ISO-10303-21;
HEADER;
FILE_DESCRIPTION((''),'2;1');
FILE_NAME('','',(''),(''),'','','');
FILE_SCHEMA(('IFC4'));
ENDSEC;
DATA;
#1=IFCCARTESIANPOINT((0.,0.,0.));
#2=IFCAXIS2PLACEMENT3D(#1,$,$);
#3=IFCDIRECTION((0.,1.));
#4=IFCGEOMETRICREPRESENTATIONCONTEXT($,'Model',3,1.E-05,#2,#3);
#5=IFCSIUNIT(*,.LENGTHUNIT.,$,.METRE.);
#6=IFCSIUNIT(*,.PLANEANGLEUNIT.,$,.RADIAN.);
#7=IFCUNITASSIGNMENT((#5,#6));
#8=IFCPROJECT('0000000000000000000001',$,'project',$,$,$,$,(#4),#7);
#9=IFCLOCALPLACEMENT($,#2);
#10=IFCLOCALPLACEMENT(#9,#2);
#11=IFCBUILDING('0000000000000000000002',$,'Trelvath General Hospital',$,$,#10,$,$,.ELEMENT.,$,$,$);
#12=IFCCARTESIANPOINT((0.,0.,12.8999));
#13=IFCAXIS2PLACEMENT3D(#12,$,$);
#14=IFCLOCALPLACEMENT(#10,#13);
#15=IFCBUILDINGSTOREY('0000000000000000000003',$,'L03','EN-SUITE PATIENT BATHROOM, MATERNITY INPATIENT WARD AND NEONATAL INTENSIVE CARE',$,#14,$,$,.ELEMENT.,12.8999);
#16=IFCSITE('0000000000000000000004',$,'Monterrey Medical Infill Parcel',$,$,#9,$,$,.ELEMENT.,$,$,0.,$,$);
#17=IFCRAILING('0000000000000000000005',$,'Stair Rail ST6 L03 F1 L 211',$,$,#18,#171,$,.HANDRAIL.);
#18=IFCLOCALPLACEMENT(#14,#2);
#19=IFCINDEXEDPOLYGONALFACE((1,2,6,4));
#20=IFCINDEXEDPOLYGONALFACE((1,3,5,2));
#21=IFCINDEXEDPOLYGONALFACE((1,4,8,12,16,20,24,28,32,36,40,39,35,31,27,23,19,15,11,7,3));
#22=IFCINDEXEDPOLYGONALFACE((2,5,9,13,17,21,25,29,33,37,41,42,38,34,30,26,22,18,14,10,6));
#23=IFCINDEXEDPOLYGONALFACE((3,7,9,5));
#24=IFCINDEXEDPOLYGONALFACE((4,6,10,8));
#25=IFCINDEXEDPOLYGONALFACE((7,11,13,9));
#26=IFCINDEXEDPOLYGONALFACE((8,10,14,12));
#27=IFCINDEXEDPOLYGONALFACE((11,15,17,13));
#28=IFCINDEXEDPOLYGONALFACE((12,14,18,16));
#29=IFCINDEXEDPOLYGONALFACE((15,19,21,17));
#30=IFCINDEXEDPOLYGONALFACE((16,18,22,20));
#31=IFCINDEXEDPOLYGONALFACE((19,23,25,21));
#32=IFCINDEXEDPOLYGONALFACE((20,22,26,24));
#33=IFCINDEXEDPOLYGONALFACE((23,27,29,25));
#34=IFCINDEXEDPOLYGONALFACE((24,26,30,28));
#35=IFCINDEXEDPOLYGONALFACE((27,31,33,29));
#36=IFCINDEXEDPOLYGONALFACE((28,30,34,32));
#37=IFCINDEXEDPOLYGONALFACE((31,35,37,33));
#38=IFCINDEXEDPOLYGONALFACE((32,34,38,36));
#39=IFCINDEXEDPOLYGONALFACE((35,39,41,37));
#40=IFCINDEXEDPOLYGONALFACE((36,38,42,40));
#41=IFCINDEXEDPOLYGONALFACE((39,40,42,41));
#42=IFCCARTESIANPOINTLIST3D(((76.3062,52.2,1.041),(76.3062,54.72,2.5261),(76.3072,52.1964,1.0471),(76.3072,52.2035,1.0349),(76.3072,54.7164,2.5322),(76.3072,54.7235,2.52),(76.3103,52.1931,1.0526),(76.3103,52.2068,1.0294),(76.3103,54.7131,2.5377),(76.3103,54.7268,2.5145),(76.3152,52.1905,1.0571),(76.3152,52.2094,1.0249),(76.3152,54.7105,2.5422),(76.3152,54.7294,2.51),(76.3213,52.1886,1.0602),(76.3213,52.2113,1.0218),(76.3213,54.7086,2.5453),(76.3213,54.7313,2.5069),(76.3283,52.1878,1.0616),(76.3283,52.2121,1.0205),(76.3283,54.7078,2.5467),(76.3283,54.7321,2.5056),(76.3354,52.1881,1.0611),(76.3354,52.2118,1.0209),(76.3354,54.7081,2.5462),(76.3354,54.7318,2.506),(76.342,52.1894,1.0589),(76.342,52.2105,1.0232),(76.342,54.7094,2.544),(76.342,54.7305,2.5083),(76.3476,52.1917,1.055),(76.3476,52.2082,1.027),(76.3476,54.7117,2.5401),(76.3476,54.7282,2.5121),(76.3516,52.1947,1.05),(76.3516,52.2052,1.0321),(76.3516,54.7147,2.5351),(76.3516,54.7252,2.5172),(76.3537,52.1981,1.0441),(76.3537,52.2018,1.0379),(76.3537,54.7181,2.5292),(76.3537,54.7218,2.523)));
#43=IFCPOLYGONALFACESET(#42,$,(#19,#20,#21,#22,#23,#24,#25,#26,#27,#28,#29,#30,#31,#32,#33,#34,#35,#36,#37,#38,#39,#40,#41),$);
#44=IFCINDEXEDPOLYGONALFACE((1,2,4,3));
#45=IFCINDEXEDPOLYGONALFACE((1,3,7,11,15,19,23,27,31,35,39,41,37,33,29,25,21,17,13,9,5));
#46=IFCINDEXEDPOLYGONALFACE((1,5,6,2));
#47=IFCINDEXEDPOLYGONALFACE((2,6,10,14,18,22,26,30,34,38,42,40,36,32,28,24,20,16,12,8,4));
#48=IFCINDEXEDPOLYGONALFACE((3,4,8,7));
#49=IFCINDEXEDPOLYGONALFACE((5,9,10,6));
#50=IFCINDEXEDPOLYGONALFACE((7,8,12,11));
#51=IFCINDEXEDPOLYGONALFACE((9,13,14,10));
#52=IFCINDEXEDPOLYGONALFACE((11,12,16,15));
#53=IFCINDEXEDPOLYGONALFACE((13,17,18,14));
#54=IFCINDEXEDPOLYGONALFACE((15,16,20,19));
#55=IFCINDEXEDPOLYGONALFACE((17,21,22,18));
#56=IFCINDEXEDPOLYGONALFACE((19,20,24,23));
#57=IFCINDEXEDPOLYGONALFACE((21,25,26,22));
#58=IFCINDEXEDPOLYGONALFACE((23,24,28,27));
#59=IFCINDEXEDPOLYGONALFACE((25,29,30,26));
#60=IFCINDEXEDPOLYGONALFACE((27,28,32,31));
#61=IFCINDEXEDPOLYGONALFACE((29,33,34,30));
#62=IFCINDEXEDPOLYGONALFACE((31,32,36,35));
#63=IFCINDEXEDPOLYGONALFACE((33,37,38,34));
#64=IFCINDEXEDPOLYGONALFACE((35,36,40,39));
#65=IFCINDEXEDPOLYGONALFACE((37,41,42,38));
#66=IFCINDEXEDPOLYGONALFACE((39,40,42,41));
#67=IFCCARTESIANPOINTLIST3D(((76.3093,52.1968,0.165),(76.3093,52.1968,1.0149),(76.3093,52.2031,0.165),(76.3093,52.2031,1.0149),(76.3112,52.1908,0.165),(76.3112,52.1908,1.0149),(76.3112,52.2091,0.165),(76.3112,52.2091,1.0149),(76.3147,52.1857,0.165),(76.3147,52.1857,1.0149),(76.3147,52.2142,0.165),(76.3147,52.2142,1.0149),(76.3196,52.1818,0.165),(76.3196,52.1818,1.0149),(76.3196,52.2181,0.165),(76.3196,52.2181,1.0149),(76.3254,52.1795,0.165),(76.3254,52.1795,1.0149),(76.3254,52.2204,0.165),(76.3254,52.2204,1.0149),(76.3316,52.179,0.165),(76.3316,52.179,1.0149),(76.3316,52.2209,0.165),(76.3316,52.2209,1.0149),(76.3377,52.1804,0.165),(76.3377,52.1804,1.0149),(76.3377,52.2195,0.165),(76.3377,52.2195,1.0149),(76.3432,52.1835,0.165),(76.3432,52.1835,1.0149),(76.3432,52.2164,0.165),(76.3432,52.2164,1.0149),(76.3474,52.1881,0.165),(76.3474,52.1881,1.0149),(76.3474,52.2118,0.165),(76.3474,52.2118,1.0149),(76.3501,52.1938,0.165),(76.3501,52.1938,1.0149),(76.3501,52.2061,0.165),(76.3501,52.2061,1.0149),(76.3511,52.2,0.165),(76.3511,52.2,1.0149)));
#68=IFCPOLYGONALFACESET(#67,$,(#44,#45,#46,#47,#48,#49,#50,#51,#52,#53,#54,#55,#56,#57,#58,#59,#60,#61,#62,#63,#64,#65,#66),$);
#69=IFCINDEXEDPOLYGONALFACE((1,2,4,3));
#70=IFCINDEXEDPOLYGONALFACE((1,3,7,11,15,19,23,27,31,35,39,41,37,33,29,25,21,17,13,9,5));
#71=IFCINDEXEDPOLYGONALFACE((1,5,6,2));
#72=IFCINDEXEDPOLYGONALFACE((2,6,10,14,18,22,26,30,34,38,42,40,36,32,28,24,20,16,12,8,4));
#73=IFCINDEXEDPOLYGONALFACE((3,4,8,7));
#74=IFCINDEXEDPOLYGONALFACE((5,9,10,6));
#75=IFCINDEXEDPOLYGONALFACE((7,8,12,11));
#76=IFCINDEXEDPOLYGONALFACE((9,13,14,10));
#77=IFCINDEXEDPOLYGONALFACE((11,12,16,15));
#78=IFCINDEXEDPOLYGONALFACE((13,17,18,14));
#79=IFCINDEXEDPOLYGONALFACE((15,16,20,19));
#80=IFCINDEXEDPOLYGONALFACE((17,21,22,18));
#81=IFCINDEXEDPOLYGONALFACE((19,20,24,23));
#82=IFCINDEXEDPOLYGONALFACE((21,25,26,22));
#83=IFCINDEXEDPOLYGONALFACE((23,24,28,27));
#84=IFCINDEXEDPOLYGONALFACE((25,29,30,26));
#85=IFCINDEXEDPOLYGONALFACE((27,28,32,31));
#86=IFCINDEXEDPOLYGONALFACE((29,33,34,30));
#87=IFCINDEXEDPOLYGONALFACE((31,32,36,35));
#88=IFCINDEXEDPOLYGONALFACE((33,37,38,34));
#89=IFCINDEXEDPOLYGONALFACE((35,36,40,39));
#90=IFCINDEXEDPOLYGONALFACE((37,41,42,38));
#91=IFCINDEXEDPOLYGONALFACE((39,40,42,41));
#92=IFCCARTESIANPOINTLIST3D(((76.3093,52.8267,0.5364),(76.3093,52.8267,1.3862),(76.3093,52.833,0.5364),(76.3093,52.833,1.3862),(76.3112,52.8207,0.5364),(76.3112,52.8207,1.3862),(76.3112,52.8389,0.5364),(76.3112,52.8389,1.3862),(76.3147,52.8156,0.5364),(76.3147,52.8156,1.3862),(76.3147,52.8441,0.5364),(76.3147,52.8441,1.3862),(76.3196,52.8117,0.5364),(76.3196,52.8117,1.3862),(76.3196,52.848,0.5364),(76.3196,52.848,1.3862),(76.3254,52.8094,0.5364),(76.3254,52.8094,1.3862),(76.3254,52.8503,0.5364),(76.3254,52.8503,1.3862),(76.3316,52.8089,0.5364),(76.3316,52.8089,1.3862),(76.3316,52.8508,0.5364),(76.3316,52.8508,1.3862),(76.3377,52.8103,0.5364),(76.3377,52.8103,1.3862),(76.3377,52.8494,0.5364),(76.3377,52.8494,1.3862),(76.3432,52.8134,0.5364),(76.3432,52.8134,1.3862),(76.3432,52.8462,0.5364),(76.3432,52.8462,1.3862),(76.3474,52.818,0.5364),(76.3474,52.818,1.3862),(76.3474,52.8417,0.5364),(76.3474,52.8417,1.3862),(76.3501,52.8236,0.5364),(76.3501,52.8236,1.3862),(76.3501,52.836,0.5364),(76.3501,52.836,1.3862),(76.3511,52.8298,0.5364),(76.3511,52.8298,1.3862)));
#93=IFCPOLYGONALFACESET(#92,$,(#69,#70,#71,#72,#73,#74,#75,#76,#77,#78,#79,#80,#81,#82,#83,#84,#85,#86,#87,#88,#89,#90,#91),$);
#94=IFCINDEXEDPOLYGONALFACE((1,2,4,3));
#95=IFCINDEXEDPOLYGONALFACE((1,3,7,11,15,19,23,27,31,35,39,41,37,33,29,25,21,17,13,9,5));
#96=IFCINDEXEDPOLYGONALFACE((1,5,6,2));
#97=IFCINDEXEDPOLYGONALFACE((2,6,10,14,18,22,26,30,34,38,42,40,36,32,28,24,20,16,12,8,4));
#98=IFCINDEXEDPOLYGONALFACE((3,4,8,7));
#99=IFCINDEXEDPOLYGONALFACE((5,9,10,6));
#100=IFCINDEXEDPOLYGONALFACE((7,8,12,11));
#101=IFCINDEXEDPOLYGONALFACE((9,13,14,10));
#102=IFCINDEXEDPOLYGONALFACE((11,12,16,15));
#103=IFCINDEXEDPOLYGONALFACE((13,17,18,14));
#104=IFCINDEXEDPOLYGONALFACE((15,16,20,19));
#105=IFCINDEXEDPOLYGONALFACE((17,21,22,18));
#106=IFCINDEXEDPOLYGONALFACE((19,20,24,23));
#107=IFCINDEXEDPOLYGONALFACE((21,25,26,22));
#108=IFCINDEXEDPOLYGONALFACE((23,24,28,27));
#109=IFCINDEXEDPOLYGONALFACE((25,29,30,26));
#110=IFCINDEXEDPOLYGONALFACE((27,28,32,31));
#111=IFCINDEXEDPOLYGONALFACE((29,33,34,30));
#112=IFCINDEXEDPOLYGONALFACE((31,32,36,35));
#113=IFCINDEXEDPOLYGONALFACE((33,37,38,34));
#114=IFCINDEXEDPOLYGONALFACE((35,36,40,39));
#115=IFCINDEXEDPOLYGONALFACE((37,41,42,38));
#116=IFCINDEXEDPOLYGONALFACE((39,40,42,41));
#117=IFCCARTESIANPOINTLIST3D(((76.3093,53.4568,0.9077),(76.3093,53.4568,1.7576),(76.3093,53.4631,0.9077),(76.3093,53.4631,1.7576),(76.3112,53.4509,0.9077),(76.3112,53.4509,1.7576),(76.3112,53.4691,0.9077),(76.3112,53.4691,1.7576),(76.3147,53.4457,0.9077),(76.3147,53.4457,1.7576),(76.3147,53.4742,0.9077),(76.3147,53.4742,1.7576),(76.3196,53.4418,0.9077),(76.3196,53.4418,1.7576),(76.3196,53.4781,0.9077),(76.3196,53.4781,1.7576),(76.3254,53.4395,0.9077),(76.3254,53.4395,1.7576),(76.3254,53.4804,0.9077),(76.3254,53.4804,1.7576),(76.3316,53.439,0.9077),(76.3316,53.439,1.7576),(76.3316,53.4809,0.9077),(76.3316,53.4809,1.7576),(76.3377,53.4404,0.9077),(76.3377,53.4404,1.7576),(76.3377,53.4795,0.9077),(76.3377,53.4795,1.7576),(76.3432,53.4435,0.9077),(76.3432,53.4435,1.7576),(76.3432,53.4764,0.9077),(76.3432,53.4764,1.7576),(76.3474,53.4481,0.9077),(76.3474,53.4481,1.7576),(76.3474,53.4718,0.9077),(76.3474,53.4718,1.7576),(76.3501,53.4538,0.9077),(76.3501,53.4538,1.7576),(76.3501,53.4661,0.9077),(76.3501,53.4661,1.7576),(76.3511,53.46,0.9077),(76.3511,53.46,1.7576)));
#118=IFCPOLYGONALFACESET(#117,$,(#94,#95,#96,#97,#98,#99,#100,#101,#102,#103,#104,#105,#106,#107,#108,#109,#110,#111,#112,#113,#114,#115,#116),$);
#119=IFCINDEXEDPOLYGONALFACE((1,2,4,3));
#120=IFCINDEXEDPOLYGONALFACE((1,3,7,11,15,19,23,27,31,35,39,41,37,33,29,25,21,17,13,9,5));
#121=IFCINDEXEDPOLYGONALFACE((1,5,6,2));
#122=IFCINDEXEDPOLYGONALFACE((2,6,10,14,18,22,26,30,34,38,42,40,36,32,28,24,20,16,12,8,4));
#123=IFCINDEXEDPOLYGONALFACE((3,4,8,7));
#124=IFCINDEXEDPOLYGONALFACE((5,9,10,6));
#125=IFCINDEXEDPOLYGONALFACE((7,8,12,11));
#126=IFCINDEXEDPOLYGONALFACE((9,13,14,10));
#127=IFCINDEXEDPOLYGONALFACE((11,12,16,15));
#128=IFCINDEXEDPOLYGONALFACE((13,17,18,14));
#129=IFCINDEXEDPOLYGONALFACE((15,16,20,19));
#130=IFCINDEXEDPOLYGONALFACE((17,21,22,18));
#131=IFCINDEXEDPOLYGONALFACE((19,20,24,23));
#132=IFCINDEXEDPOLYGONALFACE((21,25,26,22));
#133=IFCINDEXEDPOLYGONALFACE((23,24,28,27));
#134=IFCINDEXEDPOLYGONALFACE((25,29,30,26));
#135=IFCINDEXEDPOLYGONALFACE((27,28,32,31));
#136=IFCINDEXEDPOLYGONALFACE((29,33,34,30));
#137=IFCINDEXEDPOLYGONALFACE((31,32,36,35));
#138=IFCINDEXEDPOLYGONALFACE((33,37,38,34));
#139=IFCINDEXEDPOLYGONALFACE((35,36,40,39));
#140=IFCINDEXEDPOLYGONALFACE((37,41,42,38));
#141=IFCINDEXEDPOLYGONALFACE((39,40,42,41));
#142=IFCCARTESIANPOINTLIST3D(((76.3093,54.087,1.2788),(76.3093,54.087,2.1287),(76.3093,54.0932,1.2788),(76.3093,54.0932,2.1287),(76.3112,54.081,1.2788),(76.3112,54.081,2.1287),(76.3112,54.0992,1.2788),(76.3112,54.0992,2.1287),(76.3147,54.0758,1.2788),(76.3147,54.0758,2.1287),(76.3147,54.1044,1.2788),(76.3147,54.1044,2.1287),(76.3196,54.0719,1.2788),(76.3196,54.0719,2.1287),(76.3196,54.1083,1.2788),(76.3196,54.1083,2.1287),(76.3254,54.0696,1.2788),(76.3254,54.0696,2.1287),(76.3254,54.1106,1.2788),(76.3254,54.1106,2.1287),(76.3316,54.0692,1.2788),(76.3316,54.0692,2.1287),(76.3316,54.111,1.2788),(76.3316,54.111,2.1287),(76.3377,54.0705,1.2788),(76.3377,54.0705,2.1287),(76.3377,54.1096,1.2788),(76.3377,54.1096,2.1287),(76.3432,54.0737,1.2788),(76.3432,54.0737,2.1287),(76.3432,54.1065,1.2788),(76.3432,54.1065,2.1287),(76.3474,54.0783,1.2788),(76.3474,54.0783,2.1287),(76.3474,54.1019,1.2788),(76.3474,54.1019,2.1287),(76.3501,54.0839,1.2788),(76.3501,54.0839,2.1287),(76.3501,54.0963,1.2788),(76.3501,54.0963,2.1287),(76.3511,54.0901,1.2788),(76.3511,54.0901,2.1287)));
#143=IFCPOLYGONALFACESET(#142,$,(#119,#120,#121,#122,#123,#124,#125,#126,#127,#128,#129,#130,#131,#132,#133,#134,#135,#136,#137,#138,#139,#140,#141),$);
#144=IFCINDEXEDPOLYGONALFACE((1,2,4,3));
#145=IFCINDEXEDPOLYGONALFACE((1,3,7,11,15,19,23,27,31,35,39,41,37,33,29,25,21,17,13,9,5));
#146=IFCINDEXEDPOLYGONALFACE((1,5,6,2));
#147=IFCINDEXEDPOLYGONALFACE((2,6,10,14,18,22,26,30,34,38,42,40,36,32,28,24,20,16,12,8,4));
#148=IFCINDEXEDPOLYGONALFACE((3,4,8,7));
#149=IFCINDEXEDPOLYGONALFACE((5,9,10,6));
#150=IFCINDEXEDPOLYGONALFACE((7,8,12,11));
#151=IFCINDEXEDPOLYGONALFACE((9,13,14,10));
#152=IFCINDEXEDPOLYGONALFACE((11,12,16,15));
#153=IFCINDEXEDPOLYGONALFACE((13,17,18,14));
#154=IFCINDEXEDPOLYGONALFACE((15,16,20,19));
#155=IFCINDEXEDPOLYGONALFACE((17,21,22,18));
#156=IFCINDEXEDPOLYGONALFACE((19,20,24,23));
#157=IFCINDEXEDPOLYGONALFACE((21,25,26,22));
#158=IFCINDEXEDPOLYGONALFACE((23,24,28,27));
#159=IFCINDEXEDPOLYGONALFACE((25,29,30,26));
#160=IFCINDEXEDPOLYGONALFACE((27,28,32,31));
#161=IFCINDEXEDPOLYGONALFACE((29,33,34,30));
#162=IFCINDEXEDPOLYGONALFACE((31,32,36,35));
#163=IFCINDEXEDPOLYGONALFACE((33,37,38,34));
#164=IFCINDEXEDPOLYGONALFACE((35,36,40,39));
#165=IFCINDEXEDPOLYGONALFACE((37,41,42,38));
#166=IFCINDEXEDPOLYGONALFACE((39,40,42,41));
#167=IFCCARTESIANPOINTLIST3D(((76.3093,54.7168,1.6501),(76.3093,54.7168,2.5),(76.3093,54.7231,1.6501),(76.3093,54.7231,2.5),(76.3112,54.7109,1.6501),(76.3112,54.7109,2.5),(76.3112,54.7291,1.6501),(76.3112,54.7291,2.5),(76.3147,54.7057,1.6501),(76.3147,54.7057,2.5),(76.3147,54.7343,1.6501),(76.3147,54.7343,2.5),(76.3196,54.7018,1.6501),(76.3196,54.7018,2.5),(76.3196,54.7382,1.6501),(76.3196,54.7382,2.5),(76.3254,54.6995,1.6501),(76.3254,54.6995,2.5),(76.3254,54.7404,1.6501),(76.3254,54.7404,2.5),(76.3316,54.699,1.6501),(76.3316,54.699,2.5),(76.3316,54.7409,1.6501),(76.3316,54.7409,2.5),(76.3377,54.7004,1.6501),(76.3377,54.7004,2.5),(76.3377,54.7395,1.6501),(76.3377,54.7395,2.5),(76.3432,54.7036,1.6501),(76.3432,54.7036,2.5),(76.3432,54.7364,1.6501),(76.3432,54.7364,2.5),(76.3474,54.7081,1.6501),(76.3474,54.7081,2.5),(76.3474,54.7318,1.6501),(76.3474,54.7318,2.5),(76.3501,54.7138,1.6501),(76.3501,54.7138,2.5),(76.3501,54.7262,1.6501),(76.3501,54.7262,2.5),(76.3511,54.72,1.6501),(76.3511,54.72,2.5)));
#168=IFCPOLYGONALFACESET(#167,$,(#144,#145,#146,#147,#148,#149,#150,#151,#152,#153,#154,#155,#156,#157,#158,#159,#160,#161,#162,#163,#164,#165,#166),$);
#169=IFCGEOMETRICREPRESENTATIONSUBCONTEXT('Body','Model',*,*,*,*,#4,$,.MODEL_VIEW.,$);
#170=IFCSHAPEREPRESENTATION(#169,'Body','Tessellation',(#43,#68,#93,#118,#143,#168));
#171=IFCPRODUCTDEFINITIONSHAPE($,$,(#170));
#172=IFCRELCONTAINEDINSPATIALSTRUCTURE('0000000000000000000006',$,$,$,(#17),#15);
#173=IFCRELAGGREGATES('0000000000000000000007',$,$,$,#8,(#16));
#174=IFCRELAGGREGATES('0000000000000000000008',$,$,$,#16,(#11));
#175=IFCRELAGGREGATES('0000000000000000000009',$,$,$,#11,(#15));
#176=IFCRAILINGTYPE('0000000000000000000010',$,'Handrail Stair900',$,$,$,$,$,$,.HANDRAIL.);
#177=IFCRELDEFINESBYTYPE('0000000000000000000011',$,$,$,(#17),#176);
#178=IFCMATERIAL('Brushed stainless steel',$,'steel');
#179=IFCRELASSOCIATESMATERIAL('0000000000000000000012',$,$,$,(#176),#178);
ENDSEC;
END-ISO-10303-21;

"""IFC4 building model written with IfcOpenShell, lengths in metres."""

from ifc_helpers import new_model, si_unit, direction, frame, origin, origin_2d, place, context, subcontext, project, spatial, circle, extrude, material, type_object, element, save


model = new_model("IFC4")

# Units and contexts
model_context = context("Model", 3, precision=1e-05, world=origin(), true_north=direction((0.0, 1.0)))
body_context = subcontext(model_context, "Body", "Model", "MODEL_VIEW")
ifc_project = project(units=[si_unit("LENGTHUNIT", "METRE"), si_unit("PLANEANGLEUNIT", "RADIAN")], contexts=[model_context])

# Site, building, storey
site_placement = place(None, origin())
site = spatial("IfcSite", under=ifc_project, at=site_placement, Name="Monterrey Medical Infill Parcel", CompositionType="ELEMENT", RefElevation=0.0)
building_placement = place(site_placement, origin())
building = spatial("IfcBuilding", under=site, at=building_placement, Name="Trelvath General Hospital", CompositionType="ELEMENT")
storey_placement = place(building_placement, frame((0.0, 0.0, 12.8999)))
storey = spatial("IfcBuildingStorey", under=building, at=storey_placement, Name="L03", Description="EN-SUITE PATIENT BATHROOM, MATERNITY INPATIENT WARD AND NEONATAL INTENSIVE CARE", CompositionType="ELEMENT", Elevation=12.8999)

# Railing
ifc_material_1 = material(Name="Brushed stainless steel", Category="steel")
railing_type_1 = type_object("IfcRailingType", Name="Handrail Stair900", PredefinedType="HANDRAIL", material=ifc_material_1)
railing_1_placement = place(storey_placement, frame((76.3301, 52.2, 0.165)))
element("IfcRailing", 1, at=railing_1_placement, inside=storey, type_object=railing_type_1, Name="Stair Rail ST6 L03 F1 L 211", PredefinedType="HANDRAIL", context=body_context, shape_type="SweptSolid", body=[
    extrude(circle(Radius=0.0239, at=origin_2d()), frame((0.0, 0.0, 0.876), z_axis=(0.0, 0.861524, 0.507717), x_axis=(-1.0, 0.0, 0.0)), (0.0, 0.0, 1.0), 2.925),
    extrude(circle(Radius=0.021, at=origin_2d()), origin(), (0.0, 0.0, 1.0), 0.8499),
    extrude(circle(Radius=0.021, at=origin_2d()), frame((0.0, 0.6299, 0.3713)), (0.0, 0.0, 1.0), 0.8499),
    extrude(circle(Radius=0.021, at=origin_2d()), frame((0.0, 1.26, 0.7427)), (0.0, 0.0, 1.0), 0.8499),
    extrude(circle(Radius=0.021, at=origin_2d()), frame((0.0, 1.8901, 1.1138)), (0.0, 0.0, 1.0), 0.8499),
    extrude(circle(Radius=0.021, at=origin_2d()), frame((0.0, 2.52, 1.4851)), (0.0, 0.0, 1.0), 0.8499),
])

save(model, "model.ifc")
